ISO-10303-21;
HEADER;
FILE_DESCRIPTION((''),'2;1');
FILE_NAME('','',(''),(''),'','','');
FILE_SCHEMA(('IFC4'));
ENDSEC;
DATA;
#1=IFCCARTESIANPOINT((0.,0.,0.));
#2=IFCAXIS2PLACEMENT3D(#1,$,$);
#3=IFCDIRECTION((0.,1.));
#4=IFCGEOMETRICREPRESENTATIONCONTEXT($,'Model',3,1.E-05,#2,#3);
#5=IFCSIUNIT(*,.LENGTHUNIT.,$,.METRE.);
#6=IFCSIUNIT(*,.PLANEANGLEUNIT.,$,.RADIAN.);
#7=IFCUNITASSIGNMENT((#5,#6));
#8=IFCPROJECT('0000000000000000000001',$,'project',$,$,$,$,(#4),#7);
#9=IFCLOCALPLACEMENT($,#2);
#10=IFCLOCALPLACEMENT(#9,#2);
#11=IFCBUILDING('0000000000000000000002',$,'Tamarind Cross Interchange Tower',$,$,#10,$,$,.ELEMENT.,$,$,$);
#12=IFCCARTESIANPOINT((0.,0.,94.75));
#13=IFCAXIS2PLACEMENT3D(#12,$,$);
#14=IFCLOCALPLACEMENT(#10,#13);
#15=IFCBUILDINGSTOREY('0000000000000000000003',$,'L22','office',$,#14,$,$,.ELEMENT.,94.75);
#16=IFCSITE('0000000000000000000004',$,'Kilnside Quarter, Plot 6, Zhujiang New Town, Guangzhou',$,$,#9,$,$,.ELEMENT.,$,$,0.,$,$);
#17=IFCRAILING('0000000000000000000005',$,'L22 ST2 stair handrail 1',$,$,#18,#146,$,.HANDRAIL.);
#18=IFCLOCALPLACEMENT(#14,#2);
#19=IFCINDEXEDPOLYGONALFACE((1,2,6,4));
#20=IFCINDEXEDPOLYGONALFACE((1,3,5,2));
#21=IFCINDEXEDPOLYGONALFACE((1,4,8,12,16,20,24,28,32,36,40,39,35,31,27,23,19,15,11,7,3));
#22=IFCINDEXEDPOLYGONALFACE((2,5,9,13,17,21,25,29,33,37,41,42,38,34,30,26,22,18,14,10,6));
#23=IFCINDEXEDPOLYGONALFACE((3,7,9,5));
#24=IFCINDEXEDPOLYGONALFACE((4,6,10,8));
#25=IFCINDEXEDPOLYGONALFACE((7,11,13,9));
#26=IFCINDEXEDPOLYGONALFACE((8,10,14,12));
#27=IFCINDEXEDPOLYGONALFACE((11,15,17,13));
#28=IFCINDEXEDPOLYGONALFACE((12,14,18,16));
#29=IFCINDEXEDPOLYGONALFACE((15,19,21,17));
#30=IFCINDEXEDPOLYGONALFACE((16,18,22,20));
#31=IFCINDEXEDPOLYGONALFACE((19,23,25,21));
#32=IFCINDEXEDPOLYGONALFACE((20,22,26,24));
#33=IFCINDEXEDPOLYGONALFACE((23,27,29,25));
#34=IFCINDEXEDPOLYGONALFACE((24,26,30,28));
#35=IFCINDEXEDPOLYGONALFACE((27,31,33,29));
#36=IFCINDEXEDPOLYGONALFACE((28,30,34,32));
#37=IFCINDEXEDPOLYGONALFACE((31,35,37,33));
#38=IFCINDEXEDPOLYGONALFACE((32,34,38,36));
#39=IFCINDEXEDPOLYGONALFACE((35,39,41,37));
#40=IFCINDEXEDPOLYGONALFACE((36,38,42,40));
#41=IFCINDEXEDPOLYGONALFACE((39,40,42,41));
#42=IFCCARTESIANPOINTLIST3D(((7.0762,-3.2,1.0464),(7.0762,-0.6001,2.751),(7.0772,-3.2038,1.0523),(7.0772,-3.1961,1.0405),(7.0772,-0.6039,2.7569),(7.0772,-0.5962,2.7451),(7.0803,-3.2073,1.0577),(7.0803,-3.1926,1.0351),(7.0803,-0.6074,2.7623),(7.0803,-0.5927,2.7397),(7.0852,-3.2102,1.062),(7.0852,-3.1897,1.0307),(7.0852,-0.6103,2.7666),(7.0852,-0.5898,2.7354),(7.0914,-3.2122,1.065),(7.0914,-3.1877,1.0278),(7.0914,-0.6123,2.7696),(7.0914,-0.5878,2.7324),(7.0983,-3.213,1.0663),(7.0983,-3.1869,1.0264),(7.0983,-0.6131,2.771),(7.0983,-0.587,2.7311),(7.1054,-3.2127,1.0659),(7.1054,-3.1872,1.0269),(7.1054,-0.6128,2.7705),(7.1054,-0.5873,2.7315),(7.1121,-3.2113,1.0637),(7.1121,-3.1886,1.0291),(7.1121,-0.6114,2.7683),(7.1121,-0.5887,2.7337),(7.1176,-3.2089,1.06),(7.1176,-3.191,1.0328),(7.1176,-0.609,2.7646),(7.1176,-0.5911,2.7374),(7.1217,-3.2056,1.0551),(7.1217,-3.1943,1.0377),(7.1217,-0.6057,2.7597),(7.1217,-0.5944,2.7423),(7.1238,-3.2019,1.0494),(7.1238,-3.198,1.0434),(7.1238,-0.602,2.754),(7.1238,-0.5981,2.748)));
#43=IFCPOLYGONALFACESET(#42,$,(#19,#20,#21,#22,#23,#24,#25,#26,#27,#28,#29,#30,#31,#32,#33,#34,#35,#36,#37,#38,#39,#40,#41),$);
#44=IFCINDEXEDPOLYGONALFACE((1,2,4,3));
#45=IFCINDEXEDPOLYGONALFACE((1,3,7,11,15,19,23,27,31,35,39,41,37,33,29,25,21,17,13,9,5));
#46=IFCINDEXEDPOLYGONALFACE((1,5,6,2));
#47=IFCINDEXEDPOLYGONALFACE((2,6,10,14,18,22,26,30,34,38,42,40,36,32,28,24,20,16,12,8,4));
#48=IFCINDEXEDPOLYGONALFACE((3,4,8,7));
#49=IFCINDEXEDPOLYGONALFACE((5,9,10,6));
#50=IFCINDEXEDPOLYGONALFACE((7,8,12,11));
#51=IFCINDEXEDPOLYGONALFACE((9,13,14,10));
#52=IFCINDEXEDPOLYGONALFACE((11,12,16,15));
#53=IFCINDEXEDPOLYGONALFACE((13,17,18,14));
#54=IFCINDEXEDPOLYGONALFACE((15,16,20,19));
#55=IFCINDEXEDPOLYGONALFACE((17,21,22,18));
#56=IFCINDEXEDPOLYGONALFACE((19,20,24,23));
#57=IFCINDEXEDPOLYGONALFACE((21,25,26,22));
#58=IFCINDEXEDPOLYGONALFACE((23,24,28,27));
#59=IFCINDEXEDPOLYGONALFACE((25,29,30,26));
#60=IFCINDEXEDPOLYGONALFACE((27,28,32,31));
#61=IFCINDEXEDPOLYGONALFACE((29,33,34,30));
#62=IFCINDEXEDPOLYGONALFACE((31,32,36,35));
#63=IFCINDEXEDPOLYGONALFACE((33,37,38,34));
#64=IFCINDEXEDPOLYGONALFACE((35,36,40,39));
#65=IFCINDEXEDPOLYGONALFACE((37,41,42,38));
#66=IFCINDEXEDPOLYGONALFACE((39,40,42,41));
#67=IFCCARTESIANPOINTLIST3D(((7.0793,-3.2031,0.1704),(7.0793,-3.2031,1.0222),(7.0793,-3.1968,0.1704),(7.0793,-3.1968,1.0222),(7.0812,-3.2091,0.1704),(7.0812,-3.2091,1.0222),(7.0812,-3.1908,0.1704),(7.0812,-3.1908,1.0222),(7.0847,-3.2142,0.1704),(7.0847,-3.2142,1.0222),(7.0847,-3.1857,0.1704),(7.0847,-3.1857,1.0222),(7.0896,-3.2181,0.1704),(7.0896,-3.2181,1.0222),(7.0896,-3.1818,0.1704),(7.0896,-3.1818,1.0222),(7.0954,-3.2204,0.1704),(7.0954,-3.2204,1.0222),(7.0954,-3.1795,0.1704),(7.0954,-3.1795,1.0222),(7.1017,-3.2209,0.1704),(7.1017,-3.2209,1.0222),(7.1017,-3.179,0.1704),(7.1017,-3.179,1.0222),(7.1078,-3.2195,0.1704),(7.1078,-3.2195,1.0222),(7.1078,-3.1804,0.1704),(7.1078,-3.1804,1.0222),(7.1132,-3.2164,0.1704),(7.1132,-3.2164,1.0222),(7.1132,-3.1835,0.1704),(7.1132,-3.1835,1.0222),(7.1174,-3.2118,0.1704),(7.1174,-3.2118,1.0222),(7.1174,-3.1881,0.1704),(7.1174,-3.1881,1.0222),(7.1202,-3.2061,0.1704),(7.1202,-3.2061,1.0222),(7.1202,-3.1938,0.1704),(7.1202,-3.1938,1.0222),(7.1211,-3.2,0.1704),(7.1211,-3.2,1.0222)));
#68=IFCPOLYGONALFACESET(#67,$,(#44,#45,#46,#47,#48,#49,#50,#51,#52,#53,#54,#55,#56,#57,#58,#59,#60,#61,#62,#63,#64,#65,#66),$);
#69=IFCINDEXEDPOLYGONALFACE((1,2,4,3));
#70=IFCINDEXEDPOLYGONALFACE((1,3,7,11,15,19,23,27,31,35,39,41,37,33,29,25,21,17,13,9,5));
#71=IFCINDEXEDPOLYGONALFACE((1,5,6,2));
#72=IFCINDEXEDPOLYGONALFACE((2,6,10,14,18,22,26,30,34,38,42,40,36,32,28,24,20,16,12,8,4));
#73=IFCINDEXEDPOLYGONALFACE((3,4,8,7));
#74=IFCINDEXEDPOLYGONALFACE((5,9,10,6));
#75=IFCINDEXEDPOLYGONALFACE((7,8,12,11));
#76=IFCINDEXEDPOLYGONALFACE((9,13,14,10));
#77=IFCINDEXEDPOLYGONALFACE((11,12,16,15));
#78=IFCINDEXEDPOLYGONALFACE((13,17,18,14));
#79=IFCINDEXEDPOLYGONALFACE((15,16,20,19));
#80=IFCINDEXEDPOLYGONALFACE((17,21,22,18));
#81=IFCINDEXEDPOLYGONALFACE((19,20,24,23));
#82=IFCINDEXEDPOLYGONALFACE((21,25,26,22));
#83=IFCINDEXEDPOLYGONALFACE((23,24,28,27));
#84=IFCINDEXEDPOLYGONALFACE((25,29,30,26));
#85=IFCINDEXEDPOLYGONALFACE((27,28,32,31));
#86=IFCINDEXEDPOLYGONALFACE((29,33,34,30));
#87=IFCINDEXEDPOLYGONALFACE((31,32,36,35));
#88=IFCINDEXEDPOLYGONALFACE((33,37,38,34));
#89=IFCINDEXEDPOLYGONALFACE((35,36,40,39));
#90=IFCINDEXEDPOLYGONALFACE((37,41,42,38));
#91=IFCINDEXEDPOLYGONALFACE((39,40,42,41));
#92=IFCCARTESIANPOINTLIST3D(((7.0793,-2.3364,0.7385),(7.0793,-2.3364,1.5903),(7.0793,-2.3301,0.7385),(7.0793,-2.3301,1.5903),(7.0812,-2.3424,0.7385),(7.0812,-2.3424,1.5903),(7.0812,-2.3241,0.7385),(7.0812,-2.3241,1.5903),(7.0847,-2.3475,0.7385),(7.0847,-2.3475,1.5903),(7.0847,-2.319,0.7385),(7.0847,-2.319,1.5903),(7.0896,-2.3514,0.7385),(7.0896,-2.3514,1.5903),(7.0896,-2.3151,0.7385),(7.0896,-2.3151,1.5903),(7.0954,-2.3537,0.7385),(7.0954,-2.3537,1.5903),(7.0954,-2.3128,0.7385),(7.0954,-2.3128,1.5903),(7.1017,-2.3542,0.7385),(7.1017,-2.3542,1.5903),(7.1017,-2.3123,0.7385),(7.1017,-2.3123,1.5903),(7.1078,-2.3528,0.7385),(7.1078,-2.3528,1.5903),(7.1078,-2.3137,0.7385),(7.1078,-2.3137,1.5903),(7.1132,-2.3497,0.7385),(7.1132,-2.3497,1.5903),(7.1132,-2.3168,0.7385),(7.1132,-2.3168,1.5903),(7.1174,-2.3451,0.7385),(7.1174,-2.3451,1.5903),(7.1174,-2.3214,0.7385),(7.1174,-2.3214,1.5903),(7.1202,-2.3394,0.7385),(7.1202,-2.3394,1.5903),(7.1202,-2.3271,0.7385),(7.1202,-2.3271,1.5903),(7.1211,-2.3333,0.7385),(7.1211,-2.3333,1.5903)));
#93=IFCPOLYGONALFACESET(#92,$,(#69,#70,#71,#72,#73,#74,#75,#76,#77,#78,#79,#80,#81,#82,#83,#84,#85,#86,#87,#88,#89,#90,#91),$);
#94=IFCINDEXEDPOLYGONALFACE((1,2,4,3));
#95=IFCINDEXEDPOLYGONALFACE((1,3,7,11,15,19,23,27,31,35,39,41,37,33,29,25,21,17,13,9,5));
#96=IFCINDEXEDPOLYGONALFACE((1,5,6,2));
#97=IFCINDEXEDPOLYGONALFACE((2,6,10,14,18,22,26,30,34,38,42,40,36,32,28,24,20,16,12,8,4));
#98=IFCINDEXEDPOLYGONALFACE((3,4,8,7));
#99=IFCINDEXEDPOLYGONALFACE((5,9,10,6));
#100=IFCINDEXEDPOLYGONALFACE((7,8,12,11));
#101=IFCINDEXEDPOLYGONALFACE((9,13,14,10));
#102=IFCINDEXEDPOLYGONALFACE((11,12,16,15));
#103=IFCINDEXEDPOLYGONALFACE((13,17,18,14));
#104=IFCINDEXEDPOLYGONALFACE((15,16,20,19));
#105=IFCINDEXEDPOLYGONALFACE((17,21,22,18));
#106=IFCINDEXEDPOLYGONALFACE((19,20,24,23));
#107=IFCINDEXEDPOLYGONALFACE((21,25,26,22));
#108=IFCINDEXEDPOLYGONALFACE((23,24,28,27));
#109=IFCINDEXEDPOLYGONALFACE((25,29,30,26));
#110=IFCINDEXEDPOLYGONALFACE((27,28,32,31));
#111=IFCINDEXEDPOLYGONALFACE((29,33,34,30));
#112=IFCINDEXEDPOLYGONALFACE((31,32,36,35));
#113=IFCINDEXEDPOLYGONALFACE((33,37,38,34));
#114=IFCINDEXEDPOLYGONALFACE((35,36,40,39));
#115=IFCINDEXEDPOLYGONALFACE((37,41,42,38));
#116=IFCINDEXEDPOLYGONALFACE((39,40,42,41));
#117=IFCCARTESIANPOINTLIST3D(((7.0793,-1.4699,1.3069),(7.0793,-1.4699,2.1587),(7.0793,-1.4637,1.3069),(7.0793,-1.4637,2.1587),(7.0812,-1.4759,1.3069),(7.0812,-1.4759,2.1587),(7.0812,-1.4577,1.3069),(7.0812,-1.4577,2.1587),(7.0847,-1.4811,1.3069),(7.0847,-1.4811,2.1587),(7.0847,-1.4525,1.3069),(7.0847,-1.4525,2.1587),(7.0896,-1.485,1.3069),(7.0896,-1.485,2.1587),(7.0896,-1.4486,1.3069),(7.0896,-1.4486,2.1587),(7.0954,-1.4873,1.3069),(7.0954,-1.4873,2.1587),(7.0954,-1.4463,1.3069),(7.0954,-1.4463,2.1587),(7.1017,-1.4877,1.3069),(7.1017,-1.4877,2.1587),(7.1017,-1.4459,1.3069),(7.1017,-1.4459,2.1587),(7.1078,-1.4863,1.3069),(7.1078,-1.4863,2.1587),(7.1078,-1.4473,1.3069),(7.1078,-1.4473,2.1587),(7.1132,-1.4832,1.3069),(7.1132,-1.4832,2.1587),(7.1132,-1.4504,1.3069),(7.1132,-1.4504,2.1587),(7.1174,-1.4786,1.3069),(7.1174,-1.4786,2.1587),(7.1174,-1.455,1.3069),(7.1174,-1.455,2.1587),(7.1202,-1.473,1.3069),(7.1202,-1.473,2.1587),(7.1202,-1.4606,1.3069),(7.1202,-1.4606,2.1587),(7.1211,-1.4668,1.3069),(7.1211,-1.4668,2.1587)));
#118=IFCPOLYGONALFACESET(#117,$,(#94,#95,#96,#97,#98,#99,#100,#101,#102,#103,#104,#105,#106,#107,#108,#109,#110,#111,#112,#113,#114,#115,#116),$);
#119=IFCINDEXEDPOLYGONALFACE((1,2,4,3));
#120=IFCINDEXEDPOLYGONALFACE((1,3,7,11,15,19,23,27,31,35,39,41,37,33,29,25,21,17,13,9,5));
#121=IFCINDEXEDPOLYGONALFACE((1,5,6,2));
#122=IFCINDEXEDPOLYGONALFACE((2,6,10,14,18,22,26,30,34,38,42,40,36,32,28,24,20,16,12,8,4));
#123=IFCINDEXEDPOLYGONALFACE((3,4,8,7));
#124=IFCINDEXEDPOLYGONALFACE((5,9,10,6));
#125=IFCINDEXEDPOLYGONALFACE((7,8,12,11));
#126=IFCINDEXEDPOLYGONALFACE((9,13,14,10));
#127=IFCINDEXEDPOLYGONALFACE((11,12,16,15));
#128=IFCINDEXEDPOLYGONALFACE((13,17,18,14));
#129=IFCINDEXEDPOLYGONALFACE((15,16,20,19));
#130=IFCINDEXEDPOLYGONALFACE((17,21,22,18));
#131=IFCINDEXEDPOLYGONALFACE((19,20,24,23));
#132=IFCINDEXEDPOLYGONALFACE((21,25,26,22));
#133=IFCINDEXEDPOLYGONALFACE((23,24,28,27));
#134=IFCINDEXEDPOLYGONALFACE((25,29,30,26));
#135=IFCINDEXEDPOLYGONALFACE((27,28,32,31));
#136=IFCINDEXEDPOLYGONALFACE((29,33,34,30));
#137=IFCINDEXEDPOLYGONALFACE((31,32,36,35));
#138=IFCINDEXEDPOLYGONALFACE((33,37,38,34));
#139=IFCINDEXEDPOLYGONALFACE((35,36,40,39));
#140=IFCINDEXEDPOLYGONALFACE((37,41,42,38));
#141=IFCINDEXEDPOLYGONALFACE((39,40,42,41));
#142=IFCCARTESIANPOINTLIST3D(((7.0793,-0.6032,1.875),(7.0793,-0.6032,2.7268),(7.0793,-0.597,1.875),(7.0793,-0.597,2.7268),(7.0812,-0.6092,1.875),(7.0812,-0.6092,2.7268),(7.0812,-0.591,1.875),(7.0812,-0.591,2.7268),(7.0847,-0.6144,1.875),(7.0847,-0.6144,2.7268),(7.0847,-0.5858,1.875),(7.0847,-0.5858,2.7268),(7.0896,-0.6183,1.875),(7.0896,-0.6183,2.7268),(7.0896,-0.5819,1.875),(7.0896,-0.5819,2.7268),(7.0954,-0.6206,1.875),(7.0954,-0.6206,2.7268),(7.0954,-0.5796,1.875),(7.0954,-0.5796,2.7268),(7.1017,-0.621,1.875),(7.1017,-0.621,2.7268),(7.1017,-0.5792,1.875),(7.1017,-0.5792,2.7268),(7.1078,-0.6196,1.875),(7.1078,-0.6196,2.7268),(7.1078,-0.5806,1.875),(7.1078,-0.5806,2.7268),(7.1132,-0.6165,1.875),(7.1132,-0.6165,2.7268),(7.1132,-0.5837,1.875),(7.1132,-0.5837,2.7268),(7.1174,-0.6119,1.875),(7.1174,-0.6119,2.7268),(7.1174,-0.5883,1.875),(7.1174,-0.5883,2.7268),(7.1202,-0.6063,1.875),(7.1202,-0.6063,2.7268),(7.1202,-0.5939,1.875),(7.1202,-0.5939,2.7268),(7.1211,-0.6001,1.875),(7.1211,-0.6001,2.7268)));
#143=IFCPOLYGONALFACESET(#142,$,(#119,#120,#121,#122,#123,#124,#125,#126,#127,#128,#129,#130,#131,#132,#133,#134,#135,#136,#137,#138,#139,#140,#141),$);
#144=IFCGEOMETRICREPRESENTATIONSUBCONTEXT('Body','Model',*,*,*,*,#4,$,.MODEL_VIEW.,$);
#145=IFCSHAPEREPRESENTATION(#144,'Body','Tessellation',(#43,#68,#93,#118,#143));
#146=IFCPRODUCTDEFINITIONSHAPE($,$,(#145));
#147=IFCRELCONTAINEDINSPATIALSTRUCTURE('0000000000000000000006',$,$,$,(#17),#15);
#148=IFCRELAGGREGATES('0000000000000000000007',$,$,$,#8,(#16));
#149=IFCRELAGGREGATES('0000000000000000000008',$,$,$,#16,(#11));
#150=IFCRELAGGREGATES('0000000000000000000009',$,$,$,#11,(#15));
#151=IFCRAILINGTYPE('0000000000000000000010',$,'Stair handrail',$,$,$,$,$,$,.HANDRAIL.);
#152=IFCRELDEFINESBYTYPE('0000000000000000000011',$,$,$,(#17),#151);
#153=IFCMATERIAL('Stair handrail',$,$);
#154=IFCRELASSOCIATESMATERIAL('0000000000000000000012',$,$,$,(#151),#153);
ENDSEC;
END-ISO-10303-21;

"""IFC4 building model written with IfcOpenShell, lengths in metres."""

from ifc_helpers import new_model, si_unit, direction, frame, origin, origin_2d, place, context, subcontext, project, spatial, circle, extrude, material, type_object, element, save


model = new_model("IFC4")

# Units and contexts
model_context = context("Model", 3, precision=1e-05, world=origin(), true_north=direction((0.0, 1.0)))
body_context = subcontext(model_context, "Body", "Model", "MODEL_VIEW")
ifc_project = project(units=[si_unit("LENGTHUNIT", "METRE"), si_unit("PLANEANGLEUNIT", "RADIAN")], contexts=[model_context])

# Site, building, storey
site_placement = place(None, origin())
site = spatial("IfcSite", under=ifc_project, at=site_placement, Name="Kilnside Quarter, Plot 6, Zhujiang New Town, Guangzhou", CompositionType="ELEMENT", RefElevation=0.0)
building_placement = place(site_placement, origin())
building = spatial("IfcBuilding", under=site, at=building_placement, Name="Tamarind Cross Interchange Tower", CompositionType="ELEMENT")
storey_placement = place(building_placement, frame((0.0, 0.0, 94.75)))
storey = spatial("IfcBuildingStorey", under=building, at=storey_placement, Name="L22", Description="office", CompositionType="ELEMENT", Elevation=94.75)

# Railing
ifc_material_1 = material(Name="Stair handrail")
railing_type_1 = type_object("IfcRailingType", Name="Stair handrail", PredefinedType="HANDRAIL", material=ifc_material_1)
railing_1_placement = place(storey_placement, frame((7.1001, -3.2, 0.1704)))
element("IfcRailing", 1, at=railing_1_placement, inside=storey, type_object=railing_type_1, Name="L22 ST2 stair handrail 1", PredefinedType="HANDRAIL", context=body_context, shape_type="SweptSolid", body=[
    extrude(circle(Radius=0.0239, at=origin_2d()), frame((0.0, 0.0, 0.876), z_axis=(0.0, 0.836279, 0.548305), x_axis=(-1.0, 0.0, 0.0)), (0.0, 0.0, 1.0), 3.1089),
    extrude(circle(Radius=0.021, at=origin_2d()), origin(), (0.0, 0.0, 1.0), 0.8518),
    extrude(circle(Radius=0.021, at=origin_2d()), frame((0.0, 0.8667, 0.5681)), (0.0, 0.0, 1.0), 0.8518),
    extrude(circle(Radius=0.021, at=origin_2d()), frame((0.0, 1.7332, 1.1365)), (0.0, 0.0, 1.0), 0.8518),
    extrude(circle(Radius=0.021, at=origin_2d()), frame((0.0, 2.5999, 1.7046)), (0.0, 0.0, 1.0), 0.8518),
])

save(model, "model.ifc")
